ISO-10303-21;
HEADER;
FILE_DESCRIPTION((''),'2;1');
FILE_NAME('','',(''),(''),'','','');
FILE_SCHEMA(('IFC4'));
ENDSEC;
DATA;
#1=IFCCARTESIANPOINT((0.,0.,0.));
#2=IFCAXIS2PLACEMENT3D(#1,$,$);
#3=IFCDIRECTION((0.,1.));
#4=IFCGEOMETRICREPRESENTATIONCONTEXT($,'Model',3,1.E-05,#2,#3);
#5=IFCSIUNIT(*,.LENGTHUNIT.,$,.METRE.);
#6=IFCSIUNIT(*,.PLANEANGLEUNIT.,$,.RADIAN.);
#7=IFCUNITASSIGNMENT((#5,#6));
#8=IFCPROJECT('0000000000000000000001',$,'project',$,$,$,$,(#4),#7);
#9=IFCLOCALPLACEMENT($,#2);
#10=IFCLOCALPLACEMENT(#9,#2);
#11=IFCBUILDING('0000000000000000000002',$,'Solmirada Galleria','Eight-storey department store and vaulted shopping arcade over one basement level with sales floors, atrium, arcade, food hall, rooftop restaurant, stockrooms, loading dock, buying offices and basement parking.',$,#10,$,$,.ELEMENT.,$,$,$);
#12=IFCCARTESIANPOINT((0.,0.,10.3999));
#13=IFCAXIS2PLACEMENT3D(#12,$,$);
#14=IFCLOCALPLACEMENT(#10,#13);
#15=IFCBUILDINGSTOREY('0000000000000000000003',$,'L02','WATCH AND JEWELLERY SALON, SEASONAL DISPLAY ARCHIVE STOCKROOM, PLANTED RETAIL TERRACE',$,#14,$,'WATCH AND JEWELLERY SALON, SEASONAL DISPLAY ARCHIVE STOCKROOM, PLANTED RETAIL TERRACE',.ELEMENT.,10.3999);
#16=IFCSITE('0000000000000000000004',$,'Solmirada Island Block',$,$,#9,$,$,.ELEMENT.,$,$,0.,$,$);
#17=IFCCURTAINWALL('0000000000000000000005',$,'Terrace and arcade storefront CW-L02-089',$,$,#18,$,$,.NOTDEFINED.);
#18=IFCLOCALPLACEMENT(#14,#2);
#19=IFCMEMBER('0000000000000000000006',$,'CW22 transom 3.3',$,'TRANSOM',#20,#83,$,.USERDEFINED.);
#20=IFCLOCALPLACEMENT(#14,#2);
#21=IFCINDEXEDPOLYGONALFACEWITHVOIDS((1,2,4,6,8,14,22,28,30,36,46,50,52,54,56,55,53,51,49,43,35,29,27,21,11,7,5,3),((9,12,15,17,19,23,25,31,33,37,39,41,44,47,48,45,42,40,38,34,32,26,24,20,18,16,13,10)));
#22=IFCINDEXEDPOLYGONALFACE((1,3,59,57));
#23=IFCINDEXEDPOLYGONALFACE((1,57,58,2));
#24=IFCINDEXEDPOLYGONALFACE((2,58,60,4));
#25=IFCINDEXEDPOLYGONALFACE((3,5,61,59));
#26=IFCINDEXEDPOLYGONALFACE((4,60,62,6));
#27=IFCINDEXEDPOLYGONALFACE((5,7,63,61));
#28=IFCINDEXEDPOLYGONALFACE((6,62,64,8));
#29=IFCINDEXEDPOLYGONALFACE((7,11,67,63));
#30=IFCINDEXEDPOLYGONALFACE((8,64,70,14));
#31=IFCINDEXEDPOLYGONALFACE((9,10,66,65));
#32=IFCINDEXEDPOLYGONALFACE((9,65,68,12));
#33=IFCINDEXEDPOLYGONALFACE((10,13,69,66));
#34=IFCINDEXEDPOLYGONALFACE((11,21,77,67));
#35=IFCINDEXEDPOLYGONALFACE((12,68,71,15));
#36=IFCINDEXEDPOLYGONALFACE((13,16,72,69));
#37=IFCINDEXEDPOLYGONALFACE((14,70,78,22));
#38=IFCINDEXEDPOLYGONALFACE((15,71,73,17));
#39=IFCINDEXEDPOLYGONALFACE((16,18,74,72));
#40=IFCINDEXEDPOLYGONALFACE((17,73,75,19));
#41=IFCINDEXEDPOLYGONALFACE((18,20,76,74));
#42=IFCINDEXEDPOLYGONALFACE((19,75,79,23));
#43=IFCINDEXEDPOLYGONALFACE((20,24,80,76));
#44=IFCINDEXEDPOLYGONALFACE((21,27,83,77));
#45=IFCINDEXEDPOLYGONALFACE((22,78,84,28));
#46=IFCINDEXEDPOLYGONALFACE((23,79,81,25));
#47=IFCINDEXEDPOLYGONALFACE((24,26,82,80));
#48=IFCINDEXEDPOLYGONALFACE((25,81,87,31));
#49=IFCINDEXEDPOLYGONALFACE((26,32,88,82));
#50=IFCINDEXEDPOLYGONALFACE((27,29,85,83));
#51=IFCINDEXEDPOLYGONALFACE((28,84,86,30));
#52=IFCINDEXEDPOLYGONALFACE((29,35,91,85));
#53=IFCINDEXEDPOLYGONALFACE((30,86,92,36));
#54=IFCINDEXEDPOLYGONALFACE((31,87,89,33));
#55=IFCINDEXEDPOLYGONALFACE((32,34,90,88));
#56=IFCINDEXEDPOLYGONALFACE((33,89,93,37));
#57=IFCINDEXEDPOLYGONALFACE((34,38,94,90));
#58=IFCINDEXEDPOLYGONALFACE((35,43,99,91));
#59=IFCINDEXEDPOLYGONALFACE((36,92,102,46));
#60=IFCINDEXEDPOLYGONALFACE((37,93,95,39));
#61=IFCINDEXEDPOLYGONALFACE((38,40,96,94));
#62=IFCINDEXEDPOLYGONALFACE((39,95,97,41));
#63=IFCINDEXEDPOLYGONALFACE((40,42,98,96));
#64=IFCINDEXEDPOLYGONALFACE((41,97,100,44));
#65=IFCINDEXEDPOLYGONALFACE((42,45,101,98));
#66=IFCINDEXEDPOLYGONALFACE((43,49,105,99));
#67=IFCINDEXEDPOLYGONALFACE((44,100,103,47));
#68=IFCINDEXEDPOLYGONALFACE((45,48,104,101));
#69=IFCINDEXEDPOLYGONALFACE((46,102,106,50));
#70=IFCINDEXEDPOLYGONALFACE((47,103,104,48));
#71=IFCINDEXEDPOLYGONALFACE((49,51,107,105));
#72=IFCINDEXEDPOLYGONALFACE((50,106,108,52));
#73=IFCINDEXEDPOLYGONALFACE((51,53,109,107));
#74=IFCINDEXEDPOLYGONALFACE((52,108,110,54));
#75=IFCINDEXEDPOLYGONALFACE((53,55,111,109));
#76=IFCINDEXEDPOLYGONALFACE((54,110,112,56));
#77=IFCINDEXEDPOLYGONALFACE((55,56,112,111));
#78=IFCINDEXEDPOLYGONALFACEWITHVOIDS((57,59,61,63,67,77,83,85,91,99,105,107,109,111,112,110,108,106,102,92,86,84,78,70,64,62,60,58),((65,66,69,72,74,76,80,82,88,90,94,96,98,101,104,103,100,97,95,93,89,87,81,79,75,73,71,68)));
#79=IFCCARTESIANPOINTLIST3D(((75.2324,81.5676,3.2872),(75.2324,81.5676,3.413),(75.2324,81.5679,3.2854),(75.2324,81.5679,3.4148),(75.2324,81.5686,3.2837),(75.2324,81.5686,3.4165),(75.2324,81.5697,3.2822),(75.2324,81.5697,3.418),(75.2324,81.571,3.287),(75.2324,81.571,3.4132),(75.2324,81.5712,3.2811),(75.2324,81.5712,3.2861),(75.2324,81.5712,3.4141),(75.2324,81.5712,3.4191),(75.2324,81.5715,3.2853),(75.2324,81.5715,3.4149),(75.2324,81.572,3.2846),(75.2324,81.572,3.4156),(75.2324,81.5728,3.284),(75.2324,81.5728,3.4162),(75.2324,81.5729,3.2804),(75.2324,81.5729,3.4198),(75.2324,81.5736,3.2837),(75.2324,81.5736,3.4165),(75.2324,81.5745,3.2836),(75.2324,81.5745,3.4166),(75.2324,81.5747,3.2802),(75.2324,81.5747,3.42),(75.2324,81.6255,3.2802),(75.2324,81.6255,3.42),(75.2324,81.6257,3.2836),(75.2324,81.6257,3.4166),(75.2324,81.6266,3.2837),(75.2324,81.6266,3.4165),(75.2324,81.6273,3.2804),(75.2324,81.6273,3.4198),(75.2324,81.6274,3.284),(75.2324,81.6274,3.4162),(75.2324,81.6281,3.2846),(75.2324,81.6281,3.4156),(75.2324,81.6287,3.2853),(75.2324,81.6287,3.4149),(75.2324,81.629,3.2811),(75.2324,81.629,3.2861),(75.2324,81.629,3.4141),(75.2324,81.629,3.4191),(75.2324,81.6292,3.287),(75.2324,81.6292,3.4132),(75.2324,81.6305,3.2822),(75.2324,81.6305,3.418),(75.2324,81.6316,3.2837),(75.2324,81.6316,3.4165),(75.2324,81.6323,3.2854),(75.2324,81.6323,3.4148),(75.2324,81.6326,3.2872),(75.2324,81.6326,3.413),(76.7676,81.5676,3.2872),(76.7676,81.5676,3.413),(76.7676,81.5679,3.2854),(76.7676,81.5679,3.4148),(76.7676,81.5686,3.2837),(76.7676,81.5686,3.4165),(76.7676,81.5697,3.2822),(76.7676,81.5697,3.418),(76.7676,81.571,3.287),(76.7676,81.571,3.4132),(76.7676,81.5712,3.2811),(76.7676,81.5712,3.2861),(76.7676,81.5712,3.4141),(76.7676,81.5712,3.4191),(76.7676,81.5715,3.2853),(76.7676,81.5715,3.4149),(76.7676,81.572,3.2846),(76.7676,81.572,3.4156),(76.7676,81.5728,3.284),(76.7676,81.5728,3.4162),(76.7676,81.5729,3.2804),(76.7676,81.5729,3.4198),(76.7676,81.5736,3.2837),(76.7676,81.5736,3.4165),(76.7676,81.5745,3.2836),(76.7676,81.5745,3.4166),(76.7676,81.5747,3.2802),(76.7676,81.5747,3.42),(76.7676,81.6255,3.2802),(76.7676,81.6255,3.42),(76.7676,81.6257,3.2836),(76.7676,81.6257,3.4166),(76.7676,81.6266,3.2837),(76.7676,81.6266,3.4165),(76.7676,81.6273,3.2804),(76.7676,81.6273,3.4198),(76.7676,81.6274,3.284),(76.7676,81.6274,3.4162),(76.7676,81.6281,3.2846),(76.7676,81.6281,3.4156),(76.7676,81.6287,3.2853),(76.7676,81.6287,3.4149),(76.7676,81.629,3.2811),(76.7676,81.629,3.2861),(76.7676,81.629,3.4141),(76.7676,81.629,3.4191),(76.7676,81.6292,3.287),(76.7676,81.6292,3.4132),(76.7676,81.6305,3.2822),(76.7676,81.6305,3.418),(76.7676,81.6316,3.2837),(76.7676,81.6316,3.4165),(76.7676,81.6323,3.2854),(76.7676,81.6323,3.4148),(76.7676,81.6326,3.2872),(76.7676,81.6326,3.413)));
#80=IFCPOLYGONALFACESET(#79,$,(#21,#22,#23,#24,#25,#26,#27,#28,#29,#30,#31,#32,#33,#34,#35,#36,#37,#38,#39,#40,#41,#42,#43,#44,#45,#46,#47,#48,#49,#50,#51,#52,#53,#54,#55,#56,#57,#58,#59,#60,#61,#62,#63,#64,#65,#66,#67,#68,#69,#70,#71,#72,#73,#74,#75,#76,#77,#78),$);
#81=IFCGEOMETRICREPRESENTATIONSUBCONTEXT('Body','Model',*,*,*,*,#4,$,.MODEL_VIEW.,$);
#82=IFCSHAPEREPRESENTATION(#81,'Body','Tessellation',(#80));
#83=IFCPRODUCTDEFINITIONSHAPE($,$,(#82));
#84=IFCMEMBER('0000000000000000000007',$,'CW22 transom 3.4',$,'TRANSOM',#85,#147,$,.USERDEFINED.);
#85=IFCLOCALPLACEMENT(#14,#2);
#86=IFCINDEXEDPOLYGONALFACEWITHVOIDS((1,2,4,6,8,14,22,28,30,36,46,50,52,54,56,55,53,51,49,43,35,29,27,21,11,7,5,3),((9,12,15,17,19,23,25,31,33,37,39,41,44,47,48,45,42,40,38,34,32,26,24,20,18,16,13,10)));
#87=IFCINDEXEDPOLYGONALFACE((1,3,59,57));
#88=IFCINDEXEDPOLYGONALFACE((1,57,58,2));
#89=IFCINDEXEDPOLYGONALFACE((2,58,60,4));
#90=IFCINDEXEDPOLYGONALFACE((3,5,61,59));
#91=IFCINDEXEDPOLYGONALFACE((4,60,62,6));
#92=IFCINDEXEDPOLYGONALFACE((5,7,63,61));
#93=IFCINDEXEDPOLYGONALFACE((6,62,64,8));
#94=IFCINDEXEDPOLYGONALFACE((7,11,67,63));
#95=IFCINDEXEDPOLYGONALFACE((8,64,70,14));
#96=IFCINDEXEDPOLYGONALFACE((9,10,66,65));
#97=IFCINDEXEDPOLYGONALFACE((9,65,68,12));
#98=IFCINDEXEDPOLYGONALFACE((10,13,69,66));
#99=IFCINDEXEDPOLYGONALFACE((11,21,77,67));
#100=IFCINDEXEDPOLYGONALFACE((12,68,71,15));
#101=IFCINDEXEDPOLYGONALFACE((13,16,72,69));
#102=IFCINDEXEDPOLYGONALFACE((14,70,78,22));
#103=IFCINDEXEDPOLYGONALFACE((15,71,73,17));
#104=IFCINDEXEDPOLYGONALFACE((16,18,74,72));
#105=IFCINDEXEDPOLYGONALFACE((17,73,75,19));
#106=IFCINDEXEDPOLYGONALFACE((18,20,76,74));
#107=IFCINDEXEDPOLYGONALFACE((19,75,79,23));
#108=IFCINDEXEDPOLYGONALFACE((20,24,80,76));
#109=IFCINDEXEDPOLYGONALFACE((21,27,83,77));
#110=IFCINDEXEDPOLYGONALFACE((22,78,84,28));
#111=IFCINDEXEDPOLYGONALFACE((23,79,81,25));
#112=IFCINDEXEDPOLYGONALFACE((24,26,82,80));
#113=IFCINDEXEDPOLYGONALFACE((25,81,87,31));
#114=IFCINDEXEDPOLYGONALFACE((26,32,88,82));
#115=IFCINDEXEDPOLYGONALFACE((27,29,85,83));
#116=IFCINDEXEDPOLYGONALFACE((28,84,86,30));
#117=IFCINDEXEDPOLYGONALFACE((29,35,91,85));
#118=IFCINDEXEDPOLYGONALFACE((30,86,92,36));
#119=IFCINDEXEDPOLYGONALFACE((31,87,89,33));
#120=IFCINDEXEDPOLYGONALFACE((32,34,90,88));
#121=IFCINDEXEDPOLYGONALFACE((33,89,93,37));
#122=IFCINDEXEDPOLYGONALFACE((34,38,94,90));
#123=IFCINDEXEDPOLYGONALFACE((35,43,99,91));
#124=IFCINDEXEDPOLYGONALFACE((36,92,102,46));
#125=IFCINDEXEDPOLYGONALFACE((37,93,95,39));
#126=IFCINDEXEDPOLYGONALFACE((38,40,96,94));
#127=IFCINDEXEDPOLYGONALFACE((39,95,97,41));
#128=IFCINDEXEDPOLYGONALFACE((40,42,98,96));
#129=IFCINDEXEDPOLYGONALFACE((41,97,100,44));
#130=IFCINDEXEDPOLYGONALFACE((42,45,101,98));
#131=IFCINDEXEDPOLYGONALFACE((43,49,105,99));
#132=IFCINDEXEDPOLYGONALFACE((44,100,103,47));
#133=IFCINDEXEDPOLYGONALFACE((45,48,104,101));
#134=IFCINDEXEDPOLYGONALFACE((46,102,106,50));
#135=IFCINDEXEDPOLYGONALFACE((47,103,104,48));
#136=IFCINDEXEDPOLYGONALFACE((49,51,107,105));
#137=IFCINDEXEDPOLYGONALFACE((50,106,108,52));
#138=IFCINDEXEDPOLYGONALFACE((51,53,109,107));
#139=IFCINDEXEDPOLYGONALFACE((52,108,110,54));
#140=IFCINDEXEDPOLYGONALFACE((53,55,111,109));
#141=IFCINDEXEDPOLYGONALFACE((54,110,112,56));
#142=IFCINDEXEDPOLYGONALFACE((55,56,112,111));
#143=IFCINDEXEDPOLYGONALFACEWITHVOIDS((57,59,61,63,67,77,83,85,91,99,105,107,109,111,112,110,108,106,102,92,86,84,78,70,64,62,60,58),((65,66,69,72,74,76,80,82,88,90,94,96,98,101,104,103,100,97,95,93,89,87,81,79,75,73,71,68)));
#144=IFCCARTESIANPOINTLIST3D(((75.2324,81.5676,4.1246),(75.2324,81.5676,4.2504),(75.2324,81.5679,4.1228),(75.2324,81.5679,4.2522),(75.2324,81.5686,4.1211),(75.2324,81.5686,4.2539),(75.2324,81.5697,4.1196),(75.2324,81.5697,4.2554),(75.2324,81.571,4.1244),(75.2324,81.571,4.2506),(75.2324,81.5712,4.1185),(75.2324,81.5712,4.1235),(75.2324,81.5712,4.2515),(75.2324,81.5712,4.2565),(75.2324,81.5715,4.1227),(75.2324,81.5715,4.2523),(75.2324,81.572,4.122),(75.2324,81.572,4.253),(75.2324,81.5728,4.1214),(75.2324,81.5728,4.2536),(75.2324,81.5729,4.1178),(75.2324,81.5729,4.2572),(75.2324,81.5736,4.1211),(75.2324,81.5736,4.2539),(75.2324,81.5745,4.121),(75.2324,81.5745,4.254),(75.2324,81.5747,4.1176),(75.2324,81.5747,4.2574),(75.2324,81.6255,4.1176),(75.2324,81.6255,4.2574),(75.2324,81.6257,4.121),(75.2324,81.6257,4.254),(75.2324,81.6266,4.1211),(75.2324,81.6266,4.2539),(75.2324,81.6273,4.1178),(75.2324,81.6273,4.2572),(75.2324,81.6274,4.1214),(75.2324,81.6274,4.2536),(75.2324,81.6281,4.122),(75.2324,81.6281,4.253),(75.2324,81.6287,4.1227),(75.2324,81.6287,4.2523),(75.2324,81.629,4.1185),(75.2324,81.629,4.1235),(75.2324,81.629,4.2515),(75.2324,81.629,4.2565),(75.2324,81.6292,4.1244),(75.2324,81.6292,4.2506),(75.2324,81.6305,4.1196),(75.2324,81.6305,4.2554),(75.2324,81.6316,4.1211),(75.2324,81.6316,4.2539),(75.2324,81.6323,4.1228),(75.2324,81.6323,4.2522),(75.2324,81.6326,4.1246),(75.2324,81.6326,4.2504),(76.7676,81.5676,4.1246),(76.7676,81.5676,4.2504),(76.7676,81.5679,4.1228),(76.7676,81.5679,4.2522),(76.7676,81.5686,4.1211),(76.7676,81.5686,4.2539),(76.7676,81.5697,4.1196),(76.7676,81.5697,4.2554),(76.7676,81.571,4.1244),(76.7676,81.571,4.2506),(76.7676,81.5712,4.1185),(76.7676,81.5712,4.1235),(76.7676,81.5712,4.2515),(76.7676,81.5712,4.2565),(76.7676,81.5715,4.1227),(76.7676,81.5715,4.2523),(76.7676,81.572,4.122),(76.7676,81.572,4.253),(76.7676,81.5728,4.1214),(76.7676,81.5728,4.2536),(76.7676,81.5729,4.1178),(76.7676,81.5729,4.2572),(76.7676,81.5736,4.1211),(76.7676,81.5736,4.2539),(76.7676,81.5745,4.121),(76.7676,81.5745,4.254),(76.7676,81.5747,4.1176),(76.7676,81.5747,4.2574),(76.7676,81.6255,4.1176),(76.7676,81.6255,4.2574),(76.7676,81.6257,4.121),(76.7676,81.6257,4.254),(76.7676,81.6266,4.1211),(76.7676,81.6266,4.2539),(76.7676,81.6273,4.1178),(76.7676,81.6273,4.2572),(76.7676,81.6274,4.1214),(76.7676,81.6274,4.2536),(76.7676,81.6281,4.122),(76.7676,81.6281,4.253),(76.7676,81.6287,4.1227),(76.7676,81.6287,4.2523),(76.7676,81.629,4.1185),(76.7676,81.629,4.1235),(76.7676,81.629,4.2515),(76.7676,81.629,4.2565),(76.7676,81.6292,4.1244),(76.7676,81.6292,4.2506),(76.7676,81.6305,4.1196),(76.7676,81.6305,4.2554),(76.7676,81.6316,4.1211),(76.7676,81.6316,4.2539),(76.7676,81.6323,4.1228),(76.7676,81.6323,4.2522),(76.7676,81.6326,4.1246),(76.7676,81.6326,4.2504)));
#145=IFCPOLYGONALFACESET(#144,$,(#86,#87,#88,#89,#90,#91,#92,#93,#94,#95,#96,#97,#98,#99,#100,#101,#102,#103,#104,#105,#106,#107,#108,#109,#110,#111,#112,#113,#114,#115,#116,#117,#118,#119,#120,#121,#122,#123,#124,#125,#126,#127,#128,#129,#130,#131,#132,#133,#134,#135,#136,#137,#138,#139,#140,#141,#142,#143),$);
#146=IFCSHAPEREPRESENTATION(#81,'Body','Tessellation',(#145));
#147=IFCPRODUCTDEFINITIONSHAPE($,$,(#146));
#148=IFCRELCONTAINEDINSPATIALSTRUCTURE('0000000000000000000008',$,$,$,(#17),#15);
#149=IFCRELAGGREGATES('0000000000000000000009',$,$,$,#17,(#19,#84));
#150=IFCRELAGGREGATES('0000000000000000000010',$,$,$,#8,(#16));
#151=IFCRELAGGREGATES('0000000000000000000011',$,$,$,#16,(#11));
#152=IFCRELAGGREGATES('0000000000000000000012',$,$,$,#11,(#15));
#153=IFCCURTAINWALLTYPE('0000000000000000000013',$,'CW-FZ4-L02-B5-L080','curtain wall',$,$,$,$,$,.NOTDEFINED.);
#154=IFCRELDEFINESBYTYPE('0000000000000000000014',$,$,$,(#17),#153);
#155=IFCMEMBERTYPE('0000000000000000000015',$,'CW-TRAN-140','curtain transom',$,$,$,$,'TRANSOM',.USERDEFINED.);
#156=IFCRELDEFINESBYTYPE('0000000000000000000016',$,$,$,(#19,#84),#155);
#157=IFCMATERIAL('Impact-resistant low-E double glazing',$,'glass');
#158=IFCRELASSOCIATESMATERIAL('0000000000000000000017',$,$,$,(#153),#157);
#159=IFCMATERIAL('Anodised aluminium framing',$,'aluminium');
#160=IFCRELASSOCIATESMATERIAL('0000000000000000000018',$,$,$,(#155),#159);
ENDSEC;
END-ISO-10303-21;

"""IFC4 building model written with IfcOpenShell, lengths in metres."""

from ifc_helpers import new_model, si_unit, direction, frame, origin, origin_2d, place, context, subcontext, project, spatial, hollow_rectangle, extrude, material, material_profile, profile_set, type_object, element, aggregate, save


model = new_model("IFC4")

# Units and contexts
model_context = context("Model", 3, precision=1e-05, world=origin(), true_north=direction((0.0, 1.0)))
body_context = subcontext(model_context, "Body", "Model", "MODEL_VIEW")
ifc_project = project(units=[si_unit("LENGTHUNIT", "METRE"), si_unit("PLANEANGLEUNIT", "RADIAN")], contexts=[model_context])

# Site, building, storey
site_placement = place(None, origin())
site = spatial("IfcSite", under=ifc_project, at=site_placement, Name="Solmirada Island Block", CompositionType="ELEMENT", RefElevation=0.0)
building_placement = place(site_placement, origin())
building = spatial("IfcBuilding", under=site, at=building_placement, Name="Solmirada Galleria", Description="Eight-storey department store and vaulted shopping arcade over one basement level with sales floors, atrium, arcade, food hall, rooftop restaurant, stockrooms, loading dock, buying offices and basement parking.", CompositionType="ELEMENT")
storey_placement = place(building_placement, frame((0.0, 0.0, 10.3999)))
storey = spatial("IfcBuildingStorey", under=building, at=storey_placement, Name="L02", Description="WATCH AND JEWELLERY SALON, SEASONAL DISPLAY ARCHIVE STOCKROOM, PLANTED RETAIL TERRACE", LongName="WATCH AND JEWELLERY SALON, SEASONAL DISPLAY ARCHIVE STOCKROOM, PLANTED RETAIL TERRACE", CompositionType="ELEMENT", Elevation=10.3999)

# Shared definitions
ifc_material_1 = material(Name="Impact-resistant low-E double glazing", Category="glass")
curtain_wall_type = type_object("IfcCurtainWallType", Name="CW-FZ4-L02-B5-L080", Description="curtain wall", PredefinedType="NOTDEFINED", material=ifc_material_1)
ifc_material_2 = material(Name="Anodised aluminium framing", Category="aluminium")

# Curtain wall, members
curtain_wall_1_placement = place(storey_placement, origin())
curtain_wall_1 = element("IfcCurtainWall", 1, at=curtain_wall_1_placement, inside=storey, type_object=curtain_wall_type, Name="Terrace and arcade storefront CW-L02-089", PredefinedType="NOTDEFINED")
ifc_material_profile_1 = material_profile(ifc_material_2, hollow_rectangle(XDim=0.0649, YDim=0.1399, WallThickness=0.0034, InnerFilletRadius=0.0034, OuterFilletRadius=0.0071, at=origin_2d()), Name="ALU-TRAN-140X65")
ifc_profile_set_1 = profile_set([ifc_material_profile_1], Name="Anodised aluminium framing")
member_type_1 = type_object("IfcMemberType", Name="CW-TRAN-140", Description="curtain transom", ElementType="TRANSOM", PredefinedType="USERDEFINED", material=ifc_profile_set_1)
member_1_placement = place(storey_placement, frame((76.7676, 81.6001, 3.3501), z_axis=(-1.0, 0.0, 0.0), x_axis=(0.0, -1.0, 0.0)))
member_1 = element("IfcMember", 2, at=member_1_placement, type_object=member_type_1, Name="CW22 transom 3.3", ObjectType="TRANSOM", PredefinedType="USERDEFINED", context=body_context, shape_type="SweptSolid", body=[
    extrude(hollow_rectangle(XDim=0.0649, YDim=0.1399, WallThickness=0.0034, InnerFilletRadius=0.0034, OuterFilletRadius=0.0071, at=origin_2d()), origin(), (0.0, 0.0, 1.0), 1.5352),
])
member_2_placement = place(storey_placement, frame((76.7676, 81.6001, 4.1875), z_axis=(-1.0, 0.0, 0.0), x_axis=(0.0, -1.0, 0.0)))
member_2 = element("IfcMember", 3, at=member_2_placement, type_object=member_type_1, Name="CW22 transom 3.4", ObjectType="TRANSOM", PredefinedType="USERDEFINED", context=body_context, shape_type="SweptSolid", body=[
    extrude(hollow_rectangle(XDim=0.0649, YDim=0.1399, WallThickness=0.0034, InnerFilletRadius=0.0034, OuterFilletRadius=0.0071, at=origin_2d()), origin(), (0.0, 0.0, 1.0), 1.5352),
])

aggregate(curtain_wall_1, [member_1, member_2])

save(model, "model.ifc")
